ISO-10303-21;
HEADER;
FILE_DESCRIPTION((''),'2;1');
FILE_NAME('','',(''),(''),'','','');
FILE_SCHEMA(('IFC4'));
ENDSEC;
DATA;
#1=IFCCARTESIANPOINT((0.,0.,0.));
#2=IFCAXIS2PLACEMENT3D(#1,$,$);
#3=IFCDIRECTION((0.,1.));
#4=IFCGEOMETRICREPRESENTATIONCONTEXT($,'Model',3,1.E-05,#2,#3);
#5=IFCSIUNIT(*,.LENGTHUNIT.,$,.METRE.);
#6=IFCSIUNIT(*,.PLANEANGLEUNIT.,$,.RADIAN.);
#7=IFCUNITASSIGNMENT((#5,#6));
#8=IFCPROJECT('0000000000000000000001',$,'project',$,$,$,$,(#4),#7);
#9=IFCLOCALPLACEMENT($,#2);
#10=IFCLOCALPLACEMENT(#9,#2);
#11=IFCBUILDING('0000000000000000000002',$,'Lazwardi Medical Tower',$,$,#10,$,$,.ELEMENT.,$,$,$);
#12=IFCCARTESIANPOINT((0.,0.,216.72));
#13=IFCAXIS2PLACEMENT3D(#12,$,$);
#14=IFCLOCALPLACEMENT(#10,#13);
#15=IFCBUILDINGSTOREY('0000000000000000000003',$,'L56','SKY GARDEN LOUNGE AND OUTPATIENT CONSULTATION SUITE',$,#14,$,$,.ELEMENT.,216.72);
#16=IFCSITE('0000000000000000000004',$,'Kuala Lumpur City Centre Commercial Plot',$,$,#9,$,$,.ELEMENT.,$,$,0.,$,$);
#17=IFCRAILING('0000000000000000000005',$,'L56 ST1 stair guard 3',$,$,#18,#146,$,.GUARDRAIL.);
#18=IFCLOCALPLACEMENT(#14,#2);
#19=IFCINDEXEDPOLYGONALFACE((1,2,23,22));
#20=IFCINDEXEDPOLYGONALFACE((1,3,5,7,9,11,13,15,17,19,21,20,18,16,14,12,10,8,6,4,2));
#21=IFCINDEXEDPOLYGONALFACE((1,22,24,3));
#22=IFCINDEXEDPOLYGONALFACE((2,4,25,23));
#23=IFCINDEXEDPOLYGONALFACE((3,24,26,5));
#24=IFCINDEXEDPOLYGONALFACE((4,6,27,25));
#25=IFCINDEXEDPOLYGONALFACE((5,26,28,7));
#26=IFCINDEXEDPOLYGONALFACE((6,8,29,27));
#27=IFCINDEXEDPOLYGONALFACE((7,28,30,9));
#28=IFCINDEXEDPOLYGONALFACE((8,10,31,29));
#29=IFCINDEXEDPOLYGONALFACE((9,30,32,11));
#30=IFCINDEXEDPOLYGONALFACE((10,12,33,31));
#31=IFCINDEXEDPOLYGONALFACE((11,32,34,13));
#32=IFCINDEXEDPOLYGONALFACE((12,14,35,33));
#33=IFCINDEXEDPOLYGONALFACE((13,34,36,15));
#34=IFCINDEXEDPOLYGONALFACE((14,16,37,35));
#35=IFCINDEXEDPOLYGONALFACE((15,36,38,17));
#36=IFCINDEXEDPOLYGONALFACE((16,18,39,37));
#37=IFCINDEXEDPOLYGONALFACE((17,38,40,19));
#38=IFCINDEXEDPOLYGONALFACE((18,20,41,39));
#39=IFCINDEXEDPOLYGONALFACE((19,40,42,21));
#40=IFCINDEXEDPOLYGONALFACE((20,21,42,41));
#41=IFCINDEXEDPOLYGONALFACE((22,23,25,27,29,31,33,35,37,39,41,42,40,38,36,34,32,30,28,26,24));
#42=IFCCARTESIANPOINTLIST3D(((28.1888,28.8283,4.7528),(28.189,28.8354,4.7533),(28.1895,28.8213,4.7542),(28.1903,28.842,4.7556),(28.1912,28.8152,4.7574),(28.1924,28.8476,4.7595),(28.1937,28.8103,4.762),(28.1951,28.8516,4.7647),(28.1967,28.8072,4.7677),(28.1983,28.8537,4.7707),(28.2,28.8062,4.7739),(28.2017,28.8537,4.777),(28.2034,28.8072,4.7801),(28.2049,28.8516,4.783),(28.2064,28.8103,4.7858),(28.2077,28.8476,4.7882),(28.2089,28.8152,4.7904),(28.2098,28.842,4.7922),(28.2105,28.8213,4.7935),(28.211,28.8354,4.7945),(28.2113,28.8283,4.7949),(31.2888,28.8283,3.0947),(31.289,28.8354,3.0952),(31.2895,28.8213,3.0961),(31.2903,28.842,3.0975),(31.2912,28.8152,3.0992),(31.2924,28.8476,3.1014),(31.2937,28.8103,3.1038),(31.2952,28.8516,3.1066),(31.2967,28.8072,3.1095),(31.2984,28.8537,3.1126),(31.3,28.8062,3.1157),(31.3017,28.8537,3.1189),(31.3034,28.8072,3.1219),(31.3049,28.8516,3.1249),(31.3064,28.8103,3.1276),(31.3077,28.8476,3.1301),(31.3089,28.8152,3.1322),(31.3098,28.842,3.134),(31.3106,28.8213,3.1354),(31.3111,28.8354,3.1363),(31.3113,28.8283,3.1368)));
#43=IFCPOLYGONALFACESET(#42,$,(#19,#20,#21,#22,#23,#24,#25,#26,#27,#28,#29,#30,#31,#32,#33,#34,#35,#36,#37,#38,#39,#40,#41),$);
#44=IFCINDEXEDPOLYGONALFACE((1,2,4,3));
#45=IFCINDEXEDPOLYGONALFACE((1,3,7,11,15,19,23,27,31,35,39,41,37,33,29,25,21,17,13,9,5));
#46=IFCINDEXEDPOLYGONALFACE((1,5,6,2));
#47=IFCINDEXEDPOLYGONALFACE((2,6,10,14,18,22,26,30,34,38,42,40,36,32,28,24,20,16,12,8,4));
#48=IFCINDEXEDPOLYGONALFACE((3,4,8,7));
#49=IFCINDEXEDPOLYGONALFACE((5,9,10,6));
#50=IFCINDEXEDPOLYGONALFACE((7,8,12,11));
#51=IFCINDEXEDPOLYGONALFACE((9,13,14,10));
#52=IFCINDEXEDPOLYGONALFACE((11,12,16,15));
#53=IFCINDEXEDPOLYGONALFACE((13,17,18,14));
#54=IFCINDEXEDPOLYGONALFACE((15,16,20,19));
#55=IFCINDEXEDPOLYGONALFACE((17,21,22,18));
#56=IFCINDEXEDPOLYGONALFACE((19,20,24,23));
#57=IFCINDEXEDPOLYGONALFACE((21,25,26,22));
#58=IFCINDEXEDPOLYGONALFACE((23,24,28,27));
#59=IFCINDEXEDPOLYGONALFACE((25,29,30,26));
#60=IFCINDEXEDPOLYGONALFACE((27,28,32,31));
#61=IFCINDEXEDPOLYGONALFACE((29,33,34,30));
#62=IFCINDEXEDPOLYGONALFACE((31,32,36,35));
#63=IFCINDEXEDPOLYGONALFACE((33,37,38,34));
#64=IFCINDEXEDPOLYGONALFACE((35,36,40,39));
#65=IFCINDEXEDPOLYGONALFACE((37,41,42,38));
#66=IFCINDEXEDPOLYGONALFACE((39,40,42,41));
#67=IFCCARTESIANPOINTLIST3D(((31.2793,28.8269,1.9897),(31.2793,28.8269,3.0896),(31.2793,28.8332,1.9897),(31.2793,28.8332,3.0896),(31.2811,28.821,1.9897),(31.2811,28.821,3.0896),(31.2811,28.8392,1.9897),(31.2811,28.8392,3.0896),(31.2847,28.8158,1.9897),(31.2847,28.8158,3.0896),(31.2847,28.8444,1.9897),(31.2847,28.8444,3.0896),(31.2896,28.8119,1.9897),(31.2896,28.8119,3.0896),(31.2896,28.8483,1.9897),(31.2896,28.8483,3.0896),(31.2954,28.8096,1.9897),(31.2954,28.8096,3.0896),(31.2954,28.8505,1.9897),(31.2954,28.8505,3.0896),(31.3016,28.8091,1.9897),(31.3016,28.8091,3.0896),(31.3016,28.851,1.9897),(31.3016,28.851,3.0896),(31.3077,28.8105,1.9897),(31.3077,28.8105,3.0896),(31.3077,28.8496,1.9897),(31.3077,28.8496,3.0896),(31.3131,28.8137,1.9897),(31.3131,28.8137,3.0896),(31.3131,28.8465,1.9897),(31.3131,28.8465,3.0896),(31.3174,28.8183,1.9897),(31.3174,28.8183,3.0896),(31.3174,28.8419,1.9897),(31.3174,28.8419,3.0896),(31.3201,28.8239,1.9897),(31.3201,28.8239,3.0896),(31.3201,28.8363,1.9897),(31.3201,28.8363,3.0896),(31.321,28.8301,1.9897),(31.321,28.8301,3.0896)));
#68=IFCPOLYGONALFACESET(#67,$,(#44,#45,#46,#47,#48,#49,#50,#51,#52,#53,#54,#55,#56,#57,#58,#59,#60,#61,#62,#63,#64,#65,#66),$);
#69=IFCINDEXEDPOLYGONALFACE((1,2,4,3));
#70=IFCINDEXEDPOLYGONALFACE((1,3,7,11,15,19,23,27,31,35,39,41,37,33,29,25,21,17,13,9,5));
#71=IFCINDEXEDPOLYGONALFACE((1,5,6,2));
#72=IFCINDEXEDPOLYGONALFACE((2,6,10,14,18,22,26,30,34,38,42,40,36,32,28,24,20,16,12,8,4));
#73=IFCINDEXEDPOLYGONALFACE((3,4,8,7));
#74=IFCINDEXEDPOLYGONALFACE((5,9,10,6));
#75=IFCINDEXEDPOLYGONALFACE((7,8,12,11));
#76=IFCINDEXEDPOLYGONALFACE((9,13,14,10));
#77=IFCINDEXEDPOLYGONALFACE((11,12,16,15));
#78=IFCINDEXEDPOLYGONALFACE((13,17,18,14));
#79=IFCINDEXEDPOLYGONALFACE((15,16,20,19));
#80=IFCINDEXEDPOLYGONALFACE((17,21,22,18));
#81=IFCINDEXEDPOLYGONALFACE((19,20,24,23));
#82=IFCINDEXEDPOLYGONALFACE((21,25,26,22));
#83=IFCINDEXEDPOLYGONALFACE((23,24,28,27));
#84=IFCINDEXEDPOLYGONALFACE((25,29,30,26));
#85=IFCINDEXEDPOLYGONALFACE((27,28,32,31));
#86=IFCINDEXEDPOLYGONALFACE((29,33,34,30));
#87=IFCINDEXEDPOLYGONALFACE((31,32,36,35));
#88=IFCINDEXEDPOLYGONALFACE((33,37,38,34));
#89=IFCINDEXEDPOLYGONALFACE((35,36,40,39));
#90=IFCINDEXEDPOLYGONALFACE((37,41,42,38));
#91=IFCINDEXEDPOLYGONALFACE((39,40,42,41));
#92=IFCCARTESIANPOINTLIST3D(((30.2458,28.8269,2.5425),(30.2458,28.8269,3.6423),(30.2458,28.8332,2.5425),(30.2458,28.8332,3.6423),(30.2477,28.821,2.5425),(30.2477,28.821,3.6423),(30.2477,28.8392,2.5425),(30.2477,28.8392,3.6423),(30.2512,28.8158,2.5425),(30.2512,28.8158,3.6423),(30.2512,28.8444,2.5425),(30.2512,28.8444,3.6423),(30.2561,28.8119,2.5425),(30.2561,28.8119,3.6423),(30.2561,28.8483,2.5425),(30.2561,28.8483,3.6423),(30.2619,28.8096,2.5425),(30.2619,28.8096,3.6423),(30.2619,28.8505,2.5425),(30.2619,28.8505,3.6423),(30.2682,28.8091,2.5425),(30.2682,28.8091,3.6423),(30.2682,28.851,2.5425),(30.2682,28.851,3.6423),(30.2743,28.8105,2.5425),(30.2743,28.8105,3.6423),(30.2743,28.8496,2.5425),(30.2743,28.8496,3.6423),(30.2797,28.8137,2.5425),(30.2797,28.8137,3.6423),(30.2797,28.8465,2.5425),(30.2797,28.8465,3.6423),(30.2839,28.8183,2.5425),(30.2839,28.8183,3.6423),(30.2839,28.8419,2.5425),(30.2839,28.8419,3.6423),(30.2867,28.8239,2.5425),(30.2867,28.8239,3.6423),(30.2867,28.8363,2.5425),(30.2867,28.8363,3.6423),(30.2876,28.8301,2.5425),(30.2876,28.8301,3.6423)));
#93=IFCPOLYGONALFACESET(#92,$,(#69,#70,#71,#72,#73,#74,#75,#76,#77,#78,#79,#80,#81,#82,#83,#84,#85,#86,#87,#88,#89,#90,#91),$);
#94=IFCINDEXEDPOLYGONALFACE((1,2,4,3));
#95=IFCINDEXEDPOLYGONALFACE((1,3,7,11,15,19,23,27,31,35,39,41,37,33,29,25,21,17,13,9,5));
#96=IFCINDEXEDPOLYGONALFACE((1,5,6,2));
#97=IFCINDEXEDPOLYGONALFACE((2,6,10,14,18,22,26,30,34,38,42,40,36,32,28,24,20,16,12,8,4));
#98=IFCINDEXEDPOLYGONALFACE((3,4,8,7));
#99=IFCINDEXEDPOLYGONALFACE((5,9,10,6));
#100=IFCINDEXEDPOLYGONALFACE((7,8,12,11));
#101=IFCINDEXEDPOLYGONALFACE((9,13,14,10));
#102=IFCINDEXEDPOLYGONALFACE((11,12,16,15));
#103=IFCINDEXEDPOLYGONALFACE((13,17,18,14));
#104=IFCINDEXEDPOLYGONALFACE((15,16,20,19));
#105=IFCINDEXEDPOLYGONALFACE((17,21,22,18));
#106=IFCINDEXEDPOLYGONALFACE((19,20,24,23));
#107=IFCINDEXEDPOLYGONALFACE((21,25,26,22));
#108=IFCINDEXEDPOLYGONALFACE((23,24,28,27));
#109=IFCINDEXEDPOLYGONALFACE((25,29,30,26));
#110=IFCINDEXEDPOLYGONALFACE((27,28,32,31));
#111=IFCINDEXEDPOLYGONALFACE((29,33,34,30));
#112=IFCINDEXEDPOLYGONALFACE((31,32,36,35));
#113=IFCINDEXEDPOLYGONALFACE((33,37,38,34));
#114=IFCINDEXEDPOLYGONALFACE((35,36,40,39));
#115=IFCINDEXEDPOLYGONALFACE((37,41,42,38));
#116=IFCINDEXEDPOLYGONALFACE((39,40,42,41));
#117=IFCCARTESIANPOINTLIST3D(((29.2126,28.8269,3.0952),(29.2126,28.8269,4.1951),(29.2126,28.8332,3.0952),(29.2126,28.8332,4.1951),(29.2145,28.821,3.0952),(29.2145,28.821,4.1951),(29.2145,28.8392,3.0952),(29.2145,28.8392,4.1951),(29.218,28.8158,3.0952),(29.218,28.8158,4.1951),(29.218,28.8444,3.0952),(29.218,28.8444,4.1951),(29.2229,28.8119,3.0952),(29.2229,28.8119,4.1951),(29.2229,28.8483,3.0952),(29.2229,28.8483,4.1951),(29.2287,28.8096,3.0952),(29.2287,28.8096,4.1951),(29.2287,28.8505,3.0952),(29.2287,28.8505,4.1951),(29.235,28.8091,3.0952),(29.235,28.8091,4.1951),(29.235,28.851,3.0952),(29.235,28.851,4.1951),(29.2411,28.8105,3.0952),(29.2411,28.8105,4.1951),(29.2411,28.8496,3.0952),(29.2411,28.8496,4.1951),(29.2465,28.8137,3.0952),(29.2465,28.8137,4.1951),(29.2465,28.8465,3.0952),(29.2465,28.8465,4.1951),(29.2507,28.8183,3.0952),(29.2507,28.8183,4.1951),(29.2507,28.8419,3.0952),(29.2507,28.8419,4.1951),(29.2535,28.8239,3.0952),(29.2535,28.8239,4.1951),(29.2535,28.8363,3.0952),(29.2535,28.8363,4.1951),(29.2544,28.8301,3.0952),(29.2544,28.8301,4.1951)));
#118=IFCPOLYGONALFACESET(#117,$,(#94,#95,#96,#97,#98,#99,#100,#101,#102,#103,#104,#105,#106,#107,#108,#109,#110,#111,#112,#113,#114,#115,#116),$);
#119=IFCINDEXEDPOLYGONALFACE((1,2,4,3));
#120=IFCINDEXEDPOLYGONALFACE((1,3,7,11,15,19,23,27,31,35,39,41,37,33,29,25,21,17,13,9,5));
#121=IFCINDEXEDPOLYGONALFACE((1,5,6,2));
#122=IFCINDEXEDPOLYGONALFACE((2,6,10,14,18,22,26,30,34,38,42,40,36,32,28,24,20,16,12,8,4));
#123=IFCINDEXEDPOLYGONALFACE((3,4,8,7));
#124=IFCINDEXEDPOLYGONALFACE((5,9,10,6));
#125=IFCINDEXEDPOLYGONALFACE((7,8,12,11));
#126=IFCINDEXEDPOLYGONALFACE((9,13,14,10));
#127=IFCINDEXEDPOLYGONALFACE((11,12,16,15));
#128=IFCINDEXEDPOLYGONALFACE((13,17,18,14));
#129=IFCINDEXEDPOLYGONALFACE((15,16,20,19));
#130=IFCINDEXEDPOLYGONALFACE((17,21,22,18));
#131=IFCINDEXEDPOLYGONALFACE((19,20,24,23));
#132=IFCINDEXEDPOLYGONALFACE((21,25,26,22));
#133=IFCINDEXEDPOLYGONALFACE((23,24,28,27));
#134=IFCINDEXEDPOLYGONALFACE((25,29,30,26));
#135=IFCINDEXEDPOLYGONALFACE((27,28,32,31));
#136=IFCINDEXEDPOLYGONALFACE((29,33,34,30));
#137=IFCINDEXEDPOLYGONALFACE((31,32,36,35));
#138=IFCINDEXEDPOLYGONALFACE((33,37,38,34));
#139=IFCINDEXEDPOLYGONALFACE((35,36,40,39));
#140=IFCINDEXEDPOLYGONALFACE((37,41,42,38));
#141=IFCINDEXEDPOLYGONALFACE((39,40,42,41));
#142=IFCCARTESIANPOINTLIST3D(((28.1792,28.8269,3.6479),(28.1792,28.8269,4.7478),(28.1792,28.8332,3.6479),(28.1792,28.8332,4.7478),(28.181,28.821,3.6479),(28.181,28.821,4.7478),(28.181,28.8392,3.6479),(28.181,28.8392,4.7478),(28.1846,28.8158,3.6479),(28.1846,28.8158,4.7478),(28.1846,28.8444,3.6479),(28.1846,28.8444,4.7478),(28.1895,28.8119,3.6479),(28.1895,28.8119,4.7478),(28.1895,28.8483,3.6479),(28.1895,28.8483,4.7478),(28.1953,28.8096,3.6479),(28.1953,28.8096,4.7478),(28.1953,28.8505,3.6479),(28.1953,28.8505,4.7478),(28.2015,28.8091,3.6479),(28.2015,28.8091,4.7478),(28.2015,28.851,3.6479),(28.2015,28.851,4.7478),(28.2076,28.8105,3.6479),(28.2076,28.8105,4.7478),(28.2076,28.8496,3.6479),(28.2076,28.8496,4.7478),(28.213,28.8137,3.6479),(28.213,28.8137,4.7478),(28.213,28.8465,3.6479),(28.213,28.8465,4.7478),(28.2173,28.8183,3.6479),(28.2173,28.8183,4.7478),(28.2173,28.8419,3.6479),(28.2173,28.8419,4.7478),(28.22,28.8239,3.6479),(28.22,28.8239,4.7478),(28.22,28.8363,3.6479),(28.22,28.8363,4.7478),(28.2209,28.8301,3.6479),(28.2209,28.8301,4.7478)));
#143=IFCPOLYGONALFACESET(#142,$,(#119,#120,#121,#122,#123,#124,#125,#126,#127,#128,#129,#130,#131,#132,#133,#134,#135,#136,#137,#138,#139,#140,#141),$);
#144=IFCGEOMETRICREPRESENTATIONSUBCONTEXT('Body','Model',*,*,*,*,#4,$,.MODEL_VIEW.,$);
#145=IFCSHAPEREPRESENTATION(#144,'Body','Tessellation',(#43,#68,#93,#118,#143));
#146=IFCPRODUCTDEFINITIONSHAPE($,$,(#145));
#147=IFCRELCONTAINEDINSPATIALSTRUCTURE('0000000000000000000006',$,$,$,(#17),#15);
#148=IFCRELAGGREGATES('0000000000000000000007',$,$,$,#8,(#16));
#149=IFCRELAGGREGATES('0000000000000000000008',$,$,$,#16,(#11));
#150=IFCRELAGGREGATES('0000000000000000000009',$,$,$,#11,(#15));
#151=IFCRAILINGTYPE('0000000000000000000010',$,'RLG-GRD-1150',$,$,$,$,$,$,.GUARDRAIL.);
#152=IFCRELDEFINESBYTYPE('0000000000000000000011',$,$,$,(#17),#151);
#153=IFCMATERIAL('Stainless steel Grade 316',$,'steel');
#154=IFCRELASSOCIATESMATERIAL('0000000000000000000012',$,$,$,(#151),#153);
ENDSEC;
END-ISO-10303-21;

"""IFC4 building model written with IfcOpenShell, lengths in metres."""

from ifc_helpers import new_model, si_unit, direction, frame, origin, origin_2d, place, context, subcontext, project, spatial, circle, extrude, material, type_object, element, save


model = new_model("IFC4")

# Units and contexts
model_context = context("Model", 3, precision=1e-05, world=origin(), true_north=direction((0.0, 1.0)))
body_context = subcontext(model_context, "Body", "Model", "MODEL_VIEW")
ifc_project = project(units=[si_unit("LENGTHUNIT", "METRE"), si_unit("PLANEANGLEUNIT", "RADIAN")], contexts=[model_context])

# Site, building, storey
site_placement = place(None, origin())
site = spatial("IfcSite", under=ifc_project, at=site_placement, Name="Kuala Lumpur City Centre Commercial Plot", CompositionType="ELEMENT", RefElevation=0.0)
building_placement = place(site_placement, origin())
building = spatial("IfcBuilding", under=site, at=building_placement, Name="Lazwardi Medical Tower", CompositionType="ELEMENT")
storey_placement = place(building_placement, frame((0.0, 0.0, 216.72)))
storey = spatial("IfcBuildingStorey", under=building, at=storey_placement, Name="L56", Description="SKY GARDEN LOUNGE AND OUTPATIENT CONSULTATION SUITE", CompositionType="ELEMENT", Elevation=216.72)

# Railing
ifc_material_1 = material(Name="Stainless steel Grade 316", Category="steel")
railing_type_1 = type_object("IfcRailingType", Name="RLG-GRD-1150", PredefinedType="GUARDRAIL", material=ifc_material_1)
railing_1_placement = place(storey_placement, frame((31.3, 28.8301, 1.9897)))
element("IfcRailing", 1, at=railing_1_placement, inside=storey, type_object=railing_type_1, Name="L56 ST1 stair guard 3", PredefinedType="GUARDRAIL", context=body_context, shape_type="SweptSolid", body=[
    extrude(circle(Radius=0.0239, at=origin_2d()), frame((0.0, 0.0, 1.126), z_axis=(-0.881783, 0.0, 0.471655), x_axis=(0.0, -1.0, 0.0)), (0.0, 0.0, 1.0), 3.5156),
    extrude(circle(Radius=0.021, at=origin_2d()), origin(), (0.0, 0.0, 1.0), 1.0999),
    extrude(circle(Radius=0.021, at=origin_2d()), frame((-1.0334, 0.0, 0.5527)), (0.0, 0.0, 1.0), 1.0999),
    extrude(circle(Radius=0.021, at=origin_2d()), frame((-2.0667, 0.0, 1.1055)), (0.0, 0.0, 1.0), 1.0999),
    extrude(circle(Radius=0.021, at=origin_2d()), frame((-3.1001, 0.0, 1.6582)), (0.0, 0.0, 1.0), 1.0999),
])

save(model, "model.ifc")
